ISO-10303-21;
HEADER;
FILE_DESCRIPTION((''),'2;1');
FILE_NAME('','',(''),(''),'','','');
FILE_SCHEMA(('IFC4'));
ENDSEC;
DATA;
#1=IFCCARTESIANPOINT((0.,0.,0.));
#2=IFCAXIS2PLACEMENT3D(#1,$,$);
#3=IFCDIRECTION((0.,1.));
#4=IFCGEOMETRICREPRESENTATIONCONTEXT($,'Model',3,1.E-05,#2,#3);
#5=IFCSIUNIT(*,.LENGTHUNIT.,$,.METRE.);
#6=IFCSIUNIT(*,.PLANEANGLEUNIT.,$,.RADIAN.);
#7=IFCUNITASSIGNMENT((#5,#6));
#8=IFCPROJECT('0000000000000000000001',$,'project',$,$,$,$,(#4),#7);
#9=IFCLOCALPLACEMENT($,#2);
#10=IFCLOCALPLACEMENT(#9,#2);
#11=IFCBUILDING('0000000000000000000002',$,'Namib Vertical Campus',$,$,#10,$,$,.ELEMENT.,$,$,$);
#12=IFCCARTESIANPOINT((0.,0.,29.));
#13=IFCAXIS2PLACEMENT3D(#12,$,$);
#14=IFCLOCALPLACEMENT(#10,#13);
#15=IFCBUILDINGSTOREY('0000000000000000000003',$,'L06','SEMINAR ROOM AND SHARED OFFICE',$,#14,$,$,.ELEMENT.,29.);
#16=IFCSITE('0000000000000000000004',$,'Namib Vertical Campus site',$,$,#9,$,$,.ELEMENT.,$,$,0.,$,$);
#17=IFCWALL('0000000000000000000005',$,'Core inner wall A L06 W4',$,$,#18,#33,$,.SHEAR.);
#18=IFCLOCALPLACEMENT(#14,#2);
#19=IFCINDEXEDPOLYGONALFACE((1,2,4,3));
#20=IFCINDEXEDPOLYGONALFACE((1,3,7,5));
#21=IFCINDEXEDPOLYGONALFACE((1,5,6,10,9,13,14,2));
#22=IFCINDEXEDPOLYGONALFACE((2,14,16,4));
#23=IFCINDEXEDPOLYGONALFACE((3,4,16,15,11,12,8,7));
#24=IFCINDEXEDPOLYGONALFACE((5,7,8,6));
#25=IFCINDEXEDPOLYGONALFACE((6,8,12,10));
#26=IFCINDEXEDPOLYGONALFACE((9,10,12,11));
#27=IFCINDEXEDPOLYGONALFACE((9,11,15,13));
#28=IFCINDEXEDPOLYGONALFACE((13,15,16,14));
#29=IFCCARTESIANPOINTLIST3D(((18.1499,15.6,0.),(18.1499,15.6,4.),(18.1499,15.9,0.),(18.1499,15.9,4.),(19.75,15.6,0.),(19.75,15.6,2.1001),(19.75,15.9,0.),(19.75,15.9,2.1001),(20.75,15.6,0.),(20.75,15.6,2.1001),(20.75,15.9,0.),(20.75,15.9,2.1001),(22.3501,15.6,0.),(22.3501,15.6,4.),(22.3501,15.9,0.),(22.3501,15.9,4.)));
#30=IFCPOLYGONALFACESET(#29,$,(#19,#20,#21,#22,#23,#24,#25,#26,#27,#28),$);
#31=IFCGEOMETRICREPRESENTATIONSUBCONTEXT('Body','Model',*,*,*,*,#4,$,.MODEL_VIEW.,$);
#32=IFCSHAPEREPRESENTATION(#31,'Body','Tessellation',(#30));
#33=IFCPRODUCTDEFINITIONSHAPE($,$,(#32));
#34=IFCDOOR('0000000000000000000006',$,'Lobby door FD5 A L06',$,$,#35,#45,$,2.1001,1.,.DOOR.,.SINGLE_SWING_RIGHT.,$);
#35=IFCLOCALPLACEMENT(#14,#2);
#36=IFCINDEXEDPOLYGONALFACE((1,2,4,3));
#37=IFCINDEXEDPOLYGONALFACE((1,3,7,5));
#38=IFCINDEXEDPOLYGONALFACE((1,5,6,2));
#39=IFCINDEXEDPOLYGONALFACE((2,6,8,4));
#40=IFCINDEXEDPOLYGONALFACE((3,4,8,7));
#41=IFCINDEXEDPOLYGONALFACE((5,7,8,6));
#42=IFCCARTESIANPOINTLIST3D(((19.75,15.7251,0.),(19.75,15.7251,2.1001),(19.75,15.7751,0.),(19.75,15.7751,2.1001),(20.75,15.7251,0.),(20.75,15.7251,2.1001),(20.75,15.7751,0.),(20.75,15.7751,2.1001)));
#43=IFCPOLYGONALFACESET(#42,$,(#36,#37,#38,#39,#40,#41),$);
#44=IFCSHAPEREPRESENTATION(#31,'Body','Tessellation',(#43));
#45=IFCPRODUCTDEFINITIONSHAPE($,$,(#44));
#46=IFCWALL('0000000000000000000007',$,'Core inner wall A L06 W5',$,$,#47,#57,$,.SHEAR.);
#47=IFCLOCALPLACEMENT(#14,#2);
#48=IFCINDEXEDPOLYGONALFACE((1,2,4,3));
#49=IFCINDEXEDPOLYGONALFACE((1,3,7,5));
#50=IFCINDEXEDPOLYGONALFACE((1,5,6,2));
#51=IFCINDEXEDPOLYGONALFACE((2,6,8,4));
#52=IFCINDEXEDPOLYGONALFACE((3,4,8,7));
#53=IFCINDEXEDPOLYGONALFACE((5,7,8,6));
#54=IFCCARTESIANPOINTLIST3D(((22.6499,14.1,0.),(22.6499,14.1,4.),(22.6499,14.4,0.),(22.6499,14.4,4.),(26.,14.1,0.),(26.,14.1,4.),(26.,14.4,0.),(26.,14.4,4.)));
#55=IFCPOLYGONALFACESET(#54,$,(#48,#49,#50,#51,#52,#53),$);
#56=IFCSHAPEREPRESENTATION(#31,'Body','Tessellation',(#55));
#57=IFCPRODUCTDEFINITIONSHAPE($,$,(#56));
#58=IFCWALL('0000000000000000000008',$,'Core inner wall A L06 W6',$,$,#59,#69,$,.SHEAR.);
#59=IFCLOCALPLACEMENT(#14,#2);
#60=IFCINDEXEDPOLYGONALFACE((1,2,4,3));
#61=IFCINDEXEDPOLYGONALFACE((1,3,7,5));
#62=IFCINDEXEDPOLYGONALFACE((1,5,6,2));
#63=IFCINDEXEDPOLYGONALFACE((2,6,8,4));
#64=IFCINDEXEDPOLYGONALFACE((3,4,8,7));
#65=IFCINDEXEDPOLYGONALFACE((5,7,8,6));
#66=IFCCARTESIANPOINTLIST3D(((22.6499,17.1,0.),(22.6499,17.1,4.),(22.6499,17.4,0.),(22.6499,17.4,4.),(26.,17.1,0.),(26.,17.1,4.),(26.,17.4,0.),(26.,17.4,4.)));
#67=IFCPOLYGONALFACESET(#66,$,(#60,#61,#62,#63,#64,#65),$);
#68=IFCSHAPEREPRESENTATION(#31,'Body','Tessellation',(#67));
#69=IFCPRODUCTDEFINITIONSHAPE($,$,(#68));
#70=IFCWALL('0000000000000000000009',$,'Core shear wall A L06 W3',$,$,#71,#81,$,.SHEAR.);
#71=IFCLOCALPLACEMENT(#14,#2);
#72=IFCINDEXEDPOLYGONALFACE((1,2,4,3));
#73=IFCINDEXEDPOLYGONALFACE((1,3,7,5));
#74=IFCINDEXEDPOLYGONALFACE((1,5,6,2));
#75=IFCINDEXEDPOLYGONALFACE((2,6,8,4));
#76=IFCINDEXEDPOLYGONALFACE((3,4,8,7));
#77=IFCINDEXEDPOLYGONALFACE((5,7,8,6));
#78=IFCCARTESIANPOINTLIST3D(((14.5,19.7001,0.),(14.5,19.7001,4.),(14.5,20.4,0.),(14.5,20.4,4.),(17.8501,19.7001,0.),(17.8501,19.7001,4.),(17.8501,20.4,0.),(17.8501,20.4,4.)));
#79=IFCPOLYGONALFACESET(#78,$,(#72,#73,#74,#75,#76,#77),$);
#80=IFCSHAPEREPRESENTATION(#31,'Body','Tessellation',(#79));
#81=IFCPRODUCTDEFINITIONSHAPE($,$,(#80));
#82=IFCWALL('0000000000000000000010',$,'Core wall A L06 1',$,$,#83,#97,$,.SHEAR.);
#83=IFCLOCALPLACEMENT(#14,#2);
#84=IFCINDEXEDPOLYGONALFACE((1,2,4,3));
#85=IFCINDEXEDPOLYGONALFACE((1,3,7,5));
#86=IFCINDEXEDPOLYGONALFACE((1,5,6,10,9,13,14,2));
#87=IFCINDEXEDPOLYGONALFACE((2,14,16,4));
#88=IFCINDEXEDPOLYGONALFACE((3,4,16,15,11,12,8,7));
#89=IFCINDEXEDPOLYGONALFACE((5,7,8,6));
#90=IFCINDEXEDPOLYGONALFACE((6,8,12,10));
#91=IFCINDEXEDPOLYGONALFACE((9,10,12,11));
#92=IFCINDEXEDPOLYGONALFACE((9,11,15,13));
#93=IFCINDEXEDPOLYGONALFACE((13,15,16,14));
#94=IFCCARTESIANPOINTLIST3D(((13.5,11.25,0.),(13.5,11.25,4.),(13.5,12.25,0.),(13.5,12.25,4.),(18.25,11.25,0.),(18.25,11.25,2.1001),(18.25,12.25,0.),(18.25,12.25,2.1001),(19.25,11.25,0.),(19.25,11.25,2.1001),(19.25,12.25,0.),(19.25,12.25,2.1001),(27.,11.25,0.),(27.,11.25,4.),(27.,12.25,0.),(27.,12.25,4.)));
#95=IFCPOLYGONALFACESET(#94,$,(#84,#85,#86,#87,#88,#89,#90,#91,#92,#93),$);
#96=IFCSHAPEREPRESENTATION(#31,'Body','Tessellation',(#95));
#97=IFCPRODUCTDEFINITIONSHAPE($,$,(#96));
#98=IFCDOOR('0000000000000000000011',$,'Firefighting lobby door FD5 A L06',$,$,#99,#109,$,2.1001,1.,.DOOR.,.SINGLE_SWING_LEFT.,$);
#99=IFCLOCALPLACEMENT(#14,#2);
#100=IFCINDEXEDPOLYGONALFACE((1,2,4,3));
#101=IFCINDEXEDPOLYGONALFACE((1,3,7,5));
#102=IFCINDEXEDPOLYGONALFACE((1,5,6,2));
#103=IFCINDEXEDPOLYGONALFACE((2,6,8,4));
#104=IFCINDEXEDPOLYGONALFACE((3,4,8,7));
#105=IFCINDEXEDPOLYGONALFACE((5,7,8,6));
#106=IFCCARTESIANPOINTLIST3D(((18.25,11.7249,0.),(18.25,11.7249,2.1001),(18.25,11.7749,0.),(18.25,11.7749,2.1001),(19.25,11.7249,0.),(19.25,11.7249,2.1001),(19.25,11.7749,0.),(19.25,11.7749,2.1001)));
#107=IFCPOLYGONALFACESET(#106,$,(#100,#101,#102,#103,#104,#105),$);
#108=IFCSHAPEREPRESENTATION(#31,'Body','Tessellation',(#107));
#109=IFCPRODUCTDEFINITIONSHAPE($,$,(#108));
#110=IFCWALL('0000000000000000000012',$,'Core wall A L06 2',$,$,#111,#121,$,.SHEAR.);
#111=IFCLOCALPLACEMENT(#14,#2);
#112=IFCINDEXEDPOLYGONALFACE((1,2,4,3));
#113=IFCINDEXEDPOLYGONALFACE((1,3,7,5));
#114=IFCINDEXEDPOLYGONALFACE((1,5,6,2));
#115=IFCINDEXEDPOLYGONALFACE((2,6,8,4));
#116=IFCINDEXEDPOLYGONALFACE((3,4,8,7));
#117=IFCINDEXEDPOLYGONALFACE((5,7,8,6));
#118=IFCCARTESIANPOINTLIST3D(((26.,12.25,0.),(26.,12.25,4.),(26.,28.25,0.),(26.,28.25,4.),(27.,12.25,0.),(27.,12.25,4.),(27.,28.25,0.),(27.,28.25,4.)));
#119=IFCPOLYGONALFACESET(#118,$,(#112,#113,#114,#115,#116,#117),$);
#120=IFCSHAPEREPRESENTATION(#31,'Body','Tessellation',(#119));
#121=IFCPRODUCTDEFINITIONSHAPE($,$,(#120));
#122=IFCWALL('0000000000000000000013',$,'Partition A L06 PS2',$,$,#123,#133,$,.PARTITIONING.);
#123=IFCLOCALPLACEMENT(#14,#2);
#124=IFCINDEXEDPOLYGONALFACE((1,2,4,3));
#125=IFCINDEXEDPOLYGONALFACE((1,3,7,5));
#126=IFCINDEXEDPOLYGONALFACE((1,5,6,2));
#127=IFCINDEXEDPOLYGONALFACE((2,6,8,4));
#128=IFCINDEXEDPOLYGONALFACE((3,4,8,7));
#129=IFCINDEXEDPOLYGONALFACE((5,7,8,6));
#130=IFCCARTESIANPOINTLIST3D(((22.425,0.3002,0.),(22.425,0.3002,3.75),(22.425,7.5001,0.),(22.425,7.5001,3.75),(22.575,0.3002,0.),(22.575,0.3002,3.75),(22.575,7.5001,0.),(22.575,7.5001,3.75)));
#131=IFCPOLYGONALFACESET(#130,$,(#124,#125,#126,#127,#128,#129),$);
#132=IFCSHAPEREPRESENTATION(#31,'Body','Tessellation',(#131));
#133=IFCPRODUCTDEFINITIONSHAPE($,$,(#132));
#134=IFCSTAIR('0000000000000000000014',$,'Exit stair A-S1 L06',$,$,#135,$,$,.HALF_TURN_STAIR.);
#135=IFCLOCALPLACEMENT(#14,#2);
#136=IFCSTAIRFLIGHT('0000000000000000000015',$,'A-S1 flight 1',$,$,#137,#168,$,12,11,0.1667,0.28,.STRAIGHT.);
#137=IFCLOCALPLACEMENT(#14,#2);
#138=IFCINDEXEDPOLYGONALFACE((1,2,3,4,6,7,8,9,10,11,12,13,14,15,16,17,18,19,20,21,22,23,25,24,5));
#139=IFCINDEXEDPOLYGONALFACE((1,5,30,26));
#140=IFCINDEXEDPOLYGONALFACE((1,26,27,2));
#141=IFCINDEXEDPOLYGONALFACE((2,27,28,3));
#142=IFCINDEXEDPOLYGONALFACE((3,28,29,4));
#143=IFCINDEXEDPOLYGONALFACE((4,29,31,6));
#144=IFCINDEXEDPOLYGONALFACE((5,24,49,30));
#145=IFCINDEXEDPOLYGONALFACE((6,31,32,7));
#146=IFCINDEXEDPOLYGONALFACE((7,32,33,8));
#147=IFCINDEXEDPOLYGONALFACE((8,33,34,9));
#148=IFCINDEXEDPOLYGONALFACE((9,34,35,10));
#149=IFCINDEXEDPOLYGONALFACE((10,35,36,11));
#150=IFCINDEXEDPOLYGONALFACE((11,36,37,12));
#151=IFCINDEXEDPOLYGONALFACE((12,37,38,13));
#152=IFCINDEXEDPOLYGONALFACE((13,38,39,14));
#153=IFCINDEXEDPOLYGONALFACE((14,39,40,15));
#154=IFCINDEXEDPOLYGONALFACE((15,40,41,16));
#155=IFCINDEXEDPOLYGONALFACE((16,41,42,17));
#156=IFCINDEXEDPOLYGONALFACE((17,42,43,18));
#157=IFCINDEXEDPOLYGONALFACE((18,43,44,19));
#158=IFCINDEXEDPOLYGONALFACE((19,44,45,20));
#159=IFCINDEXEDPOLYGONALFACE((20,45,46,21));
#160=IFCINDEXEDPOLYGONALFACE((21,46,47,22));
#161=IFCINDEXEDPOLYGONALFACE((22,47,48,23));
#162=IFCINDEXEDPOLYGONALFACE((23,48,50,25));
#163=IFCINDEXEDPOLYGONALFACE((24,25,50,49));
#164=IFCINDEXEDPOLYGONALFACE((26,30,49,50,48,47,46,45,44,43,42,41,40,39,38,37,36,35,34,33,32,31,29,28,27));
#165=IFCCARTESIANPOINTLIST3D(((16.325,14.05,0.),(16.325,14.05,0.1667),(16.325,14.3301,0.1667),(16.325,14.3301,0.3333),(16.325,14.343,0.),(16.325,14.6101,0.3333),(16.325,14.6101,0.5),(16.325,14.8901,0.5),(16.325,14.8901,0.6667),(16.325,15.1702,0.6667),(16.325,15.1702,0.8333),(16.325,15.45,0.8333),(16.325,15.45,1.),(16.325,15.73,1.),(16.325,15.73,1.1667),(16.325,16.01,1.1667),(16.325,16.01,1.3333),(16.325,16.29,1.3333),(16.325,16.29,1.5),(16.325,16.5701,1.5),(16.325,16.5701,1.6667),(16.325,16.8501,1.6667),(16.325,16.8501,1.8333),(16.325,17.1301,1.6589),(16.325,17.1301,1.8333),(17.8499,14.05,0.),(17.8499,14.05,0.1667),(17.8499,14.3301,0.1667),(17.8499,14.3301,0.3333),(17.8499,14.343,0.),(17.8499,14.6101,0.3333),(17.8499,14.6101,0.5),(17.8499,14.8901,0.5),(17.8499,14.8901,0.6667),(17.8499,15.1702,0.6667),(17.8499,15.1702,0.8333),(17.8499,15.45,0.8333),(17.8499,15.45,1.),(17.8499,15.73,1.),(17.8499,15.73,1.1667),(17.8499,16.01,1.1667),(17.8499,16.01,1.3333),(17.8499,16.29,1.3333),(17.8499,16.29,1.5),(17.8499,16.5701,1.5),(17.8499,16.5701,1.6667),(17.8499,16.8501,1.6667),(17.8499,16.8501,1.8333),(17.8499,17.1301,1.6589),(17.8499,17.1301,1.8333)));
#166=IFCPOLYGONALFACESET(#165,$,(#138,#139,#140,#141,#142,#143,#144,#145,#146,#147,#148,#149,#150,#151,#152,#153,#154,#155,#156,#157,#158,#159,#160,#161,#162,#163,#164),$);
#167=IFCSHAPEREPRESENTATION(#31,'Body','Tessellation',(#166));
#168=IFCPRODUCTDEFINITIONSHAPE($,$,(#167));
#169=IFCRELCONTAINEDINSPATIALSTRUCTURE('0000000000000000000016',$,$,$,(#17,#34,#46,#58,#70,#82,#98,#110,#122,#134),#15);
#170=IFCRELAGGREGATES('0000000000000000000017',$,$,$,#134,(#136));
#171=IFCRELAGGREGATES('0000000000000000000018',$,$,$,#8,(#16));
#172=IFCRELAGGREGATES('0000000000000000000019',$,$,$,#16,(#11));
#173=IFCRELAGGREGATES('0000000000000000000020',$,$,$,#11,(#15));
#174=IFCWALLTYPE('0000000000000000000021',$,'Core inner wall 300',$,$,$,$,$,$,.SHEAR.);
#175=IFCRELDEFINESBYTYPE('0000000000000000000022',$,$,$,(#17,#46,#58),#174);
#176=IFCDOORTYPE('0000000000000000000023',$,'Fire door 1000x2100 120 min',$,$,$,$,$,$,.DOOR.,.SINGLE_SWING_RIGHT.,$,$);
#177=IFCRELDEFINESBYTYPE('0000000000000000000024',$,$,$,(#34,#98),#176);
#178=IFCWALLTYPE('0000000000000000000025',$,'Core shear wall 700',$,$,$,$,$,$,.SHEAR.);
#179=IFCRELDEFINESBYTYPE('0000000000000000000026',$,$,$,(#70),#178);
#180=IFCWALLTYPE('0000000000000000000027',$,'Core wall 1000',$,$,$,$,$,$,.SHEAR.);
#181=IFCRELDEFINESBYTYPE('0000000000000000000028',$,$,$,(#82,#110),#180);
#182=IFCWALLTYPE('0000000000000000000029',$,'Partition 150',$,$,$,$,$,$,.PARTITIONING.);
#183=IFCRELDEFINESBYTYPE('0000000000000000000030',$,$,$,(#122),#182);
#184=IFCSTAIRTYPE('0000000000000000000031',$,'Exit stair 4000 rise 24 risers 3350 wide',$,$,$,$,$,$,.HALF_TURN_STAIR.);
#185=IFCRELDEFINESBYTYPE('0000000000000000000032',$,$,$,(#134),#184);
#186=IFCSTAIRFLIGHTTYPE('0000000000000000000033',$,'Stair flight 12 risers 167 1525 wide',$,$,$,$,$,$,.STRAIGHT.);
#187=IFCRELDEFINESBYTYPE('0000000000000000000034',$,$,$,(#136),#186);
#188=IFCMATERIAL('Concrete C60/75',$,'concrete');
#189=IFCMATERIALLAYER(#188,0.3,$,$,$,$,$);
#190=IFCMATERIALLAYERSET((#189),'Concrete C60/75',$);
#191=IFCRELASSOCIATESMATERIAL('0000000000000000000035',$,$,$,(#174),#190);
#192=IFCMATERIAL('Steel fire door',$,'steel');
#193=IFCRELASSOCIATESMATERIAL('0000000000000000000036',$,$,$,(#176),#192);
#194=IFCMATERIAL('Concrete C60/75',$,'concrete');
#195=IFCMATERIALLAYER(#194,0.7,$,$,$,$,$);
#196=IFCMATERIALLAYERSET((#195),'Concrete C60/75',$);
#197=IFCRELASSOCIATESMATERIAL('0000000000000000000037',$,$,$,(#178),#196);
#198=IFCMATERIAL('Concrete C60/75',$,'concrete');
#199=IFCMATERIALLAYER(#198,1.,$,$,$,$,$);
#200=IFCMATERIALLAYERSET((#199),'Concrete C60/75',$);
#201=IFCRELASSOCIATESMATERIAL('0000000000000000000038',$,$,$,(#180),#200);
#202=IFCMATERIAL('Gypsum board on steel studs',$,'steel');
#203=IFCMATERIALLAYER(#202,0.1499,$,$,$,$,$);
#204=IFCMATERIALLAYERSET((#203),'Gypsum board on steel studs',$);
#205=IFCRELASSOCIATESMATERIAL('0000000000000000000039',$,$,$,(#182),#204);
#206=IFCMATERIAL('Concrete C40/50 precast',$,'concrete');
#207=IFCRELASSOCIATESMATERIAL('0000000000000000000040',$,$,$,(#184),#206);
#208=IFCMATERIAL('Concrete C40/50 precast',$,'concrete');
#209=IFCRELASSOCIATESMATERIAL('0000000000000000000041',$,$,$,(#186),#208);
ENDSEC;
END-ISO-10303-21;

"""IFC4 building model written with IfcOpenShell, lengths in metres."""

from ifc_helpers import new_model, si_unit, direction, frame, frame_2d, origin, place, context, subcontext, project, spatial, polyline, rectangle, outline, extrude, material, layer, layer_set, type_object, element, fill, aggregate, save


model = new_model("IFC4")

# Units and contexts
model_context = context("Model", 3, precision=1e-05, world=origin(), true_north=direction((0.0, 1.0)))
body_context = subcontext(model_context, "Body", "Model", "MODEL_VIEW")
ifc_project = project(units=[si_unit("LENGTHUNIT", "METRE"), si_unit("PLANEANGLEUNIT", "RADIAN")], contexts=[model_context])

# Site, building, storey
site_placement = place(None, origin())
site = spatial("IfcSite", under=ifc_project, at=site_placement, Name="Namib Vertical Campus site", CompositionType="ELEMENT", RefElevation=0.0)
building_placement = place(site_placement, origin())
building = spatial("IfcBuilding", under=site, at=building_placement, Name="Namib Vertical Campus", CompositionType="ELEMENT")
storey_placement = place(building_placement, frame((0.0, 0.0, 29.0)))
storey = spatial("IfcBuildingStorey", under=building, at=storey_placement, Name="L06", Description="SEMINAR ROOM AND SHARED OFFICE", CompositionType="ELEMENT", Elevation=29.0)

# Shared definitions
ifc_material_1 = material(Name="Concrete C60/75", Category="concrete")
ifc_layer_1 = layer(ifc_material_1, 0.3)
ifc_layer_set_1 = layer_set([ifc_layer_1], Name="Concrete C60/75")
wall_type_1 = type_object("IfcWallType", Name="Core inner wall 300", PredefinedType="SHEAR", material=ifc_layer_set_1)

# Wall, opening, door
wall_1_placement = place(storey_placement, frame((18.1499, 15.75, 0.0), z_axis=(0.0, 0.0, 1.0), x_axis=(1.0, 0.0, 0.0)))
wall_1 = element("IfcWall", 1, at=wall_1_placement, inside=storey, type_object=wall_type_1, Name="Core inner wall A L06 W4", PredefinedType="SHEAR", context=body_context, shape_type="SweptSolid", body=[
    extrude(rectangle(XDim=4.2002, YDim=0.3, at=frame_2d((2.1001, 0.0))), origin(), (0.0, 0.0, 1.0), 4.0),
])
opening_1_placement = place(wall_1_placement, frame((1.6001, 0.0, 0.0)))
opening_1 = element("IfcOpeningElement", 2, at=opening_1_placement, cuts=wall_1, PredefinedType="OPENING", context=body_context, shape_type="SweptSolid", body=[
    extrude(rectangle(XDim=1.0, YDim=2.1001, at=frame_2d((0.5, 1.05))), frame((0.0, 0.1599, 0.0), z_axis=(0.0, -1.0, 0.0), x_axis=(1.0, 0.0, 0.0)), (0.0, 0.0, 1.0), 0.3201),
])
ifc_material_2 = material(Name="Steel fire door", Category="steel")
door_type_1 = type_object("IfcDoorType", Name="Fire door 1000x2100 120 min", OperationType="SINGLE_SWING_RIGHT", PredefinedType="DOOR", material=ifc_material_2)
door_1_placement = place(opening_1_placement, frame((1.0, 0.0, 0.0), z_axis=(0.0, 0.0, 1.0), x_axis=(-1.0, 0.0, 0.0)))
door_1 = element("IfcDoor", 3, at=door_1_placement, inside=storey, type_object=door_type_1, Name="Lobby door FD5 A L06", OperationType="SINGLE_SWING_RIGHT", OverallHeight=2.1001, OverallWidth=1.0, PredefinedType="DOOR", context=body_context, shape_type="SweptSolid", body=[
    extrude(rectangle(XDim=1.0, YDim=2.1001, at=frame_2d((0.5, 1.05))), frame((0.0, 0.0249, 0.0), z_axis=(0.0, -1.0, 0.0), x_axis=(1.0, 0.0, 0.0)), (0.0, 0.0, 1.0), 0.05),
])
fill(opening_1, door_1)

# Walls
for number, where, z_axis, x_axis, name in (
    (4, (22.6499, 14.25, 0.0), (0.0, 0.0, 1.0), (1.0, 0.0, 0.0), "Core inner wall A L06 W5"),
    (5, (22.6499, 17.25, 0.0), (0.0, 0.0, 1.0), (1.0, 0.0, 0.0), "Core inner wall A L06 W6"),
):
    element("IfcWall", number, at=place(storey_placement, frame(where, z_axis=z_axis, x_axis=x_axis)), inside=storey, type_object=wall_type_1, Name=name, PredefinedType="SHEAR", context=body_context, shape_type="SweptSolid", body=[
        extrude(rectangle(XDim=3.3501, YDim=0.3, at=frame_2d((1.675, 0.0))), origin(), (0.0, 0.0, 1.0), 4.0),
    ])
ifc_material_3 = material(Name="Concrete C60/75", Category="concrete")
ifc_layer_2 = layer(ifc_material_3, 0.7)
ifc_layer_set_2 = layer_set([ifc_layer_2], Name="Concrete C60/75")
wall_type_2 = type_object("IfcWallType", Name="Core shear wall 700", PredefinedType="SHEAR", material=ifc_layer_set_2)
wall_2_placement = place(storey_placement, frame((14.5, 20.05, 0.0), z_axis=(0.0, 0.0, 1.0), x_axis=(1.0, 0.0, 0.0)))
element("IfcWall", 6, at=wall_2_placement, inside=storey, type_object=wall_type_2, Name="Core shear wall A L06 W3", PredefinedType="SHEAR", context=body_context, shape_type="SweptSolid", body=[
    extrude(rectangle(XDim=3.3501, YDim=0.7, at=frame_2d((1.675, 0.0))), origin(), (0.0, 0.0, 1.0), 4.0),
])

# Wall, opening, door
ifc_material_4 = material(Name="Concrete C60/75", Category="concrete")
ifc_layer_3 = layer(ifc_material_4, 1.0)
ifc_layer_set_3 = layer_set([ifc_layer_3], Name="Concrete C60/75")
wall_type_3 = type_object("IfcWallType", Name="Core wall 1000", PredefinedType="SHEAR", material=ifc_layer_set_3)
wall_3_placement = place(storey_placement, frame((13.5, 11.75, 0.0), z_axis=(0.0, 0.0, 1.0), x_axis=(1.0, 0.0, 0.0)))
wall_3 = element("IfcWall", 7, at=wall_3_placement, inside=storey, type_object=wall_type_3, Name="Core wall A L06 1", PredefinedType="SHEAR", context=body_context, shape_type="SweptSolid", body=[
    extrude(rectangle(XDim=13.5, YDim=1.0, at=frame_2d((6.75, 0.0))), origin(), (0.0, 0.0, 1.0), 4.0),
])
opening_2_placement = place(wall_3_placement, frame((4.75, 0.0, 0.0)))
opening_2 = element("IfcOpeningElement", 8, at=opening_2_placement, cuts=wall_3, PredefinedType="OPENING", context=body_context, shape_type="SweptSolid", body=[
    extrude(rectangle(XDim=1.0, YDim=2.1001, at=frame_2d((0.5, 1.05))), frame((0.0, 0.51, 0.0), z_axis=(0.0, -1.0, 0.0), x_axis=(1.0, 0.0, 0.0)), (0.0, 0.0, 1.0), 1.02),
])
door_2_placement = place(opening_2_placement, origin())
door_2 = element("IfcDoor", 9, at=door_2_placement, inside=storey, type_object=door_type_1, Name="Firefighting lobby door FD5 A L06", OperationType="SINGLE_SWING_LEFT", OverallHeight=2.1001, OverallWidth=1.0, PredefinedType="DOOR", context=body_context, shape_type="SweptSolid", body=[
    extrude(rectangle(XDim=1.0, YDim=2.1001, at=frame_2d((0.5, 1.05))), frame((0.0, 0.0249, 0.0), z_axis=(0.0, -1.0, 0.0), x_axis=(1.0, 0.0, 0.0)), (0.0, 0.0, 1.0), 0.05),
])
fill(opening_2, door_2)

# Walls
wall_4_placement = place(storey_placement, frame((26.5, 12.25, 0.0), z_axis=(0.0, 0.0, 1.0), x_axis=(0.0, 1.0, 0.0)))
element("IfcWall", 10, at=wall_4_placement, inside=storey, type_object=wall_type_3, Name="Core wall A L06 2", PredefinedType="SHEAR", context=body_context, shape_type="SweptSolid", body=[
    extrude(rectangle(XDim=16.0, YDim=1.0, at=frame_2d((8.0, 0.0))), origin(), (0.0, 0.0, 1.0), 4.0),
])
ifc_material_5 = material(Name="Gypsum board on steel studs", Category="steel")
ifc_layer_4 = layer(ifc_material_5, 0.1499)
ifc_layer_set_4 = layer_set([ifc_layer_4], Name="Gypsum board on steel studs")
wall_type_4 = type_object("IfcWallType", Name="Partition 150", PredefinedType="PARTITIONING", material=ifc_layer_set_4)
wall_5_placement = place(storey_placement, frame((22.5, 0.3, 0.0), z_axis=(0.0, 0.0, 1.0), x_axis=(0.0, 1.0, 0.0)))
element("IfcWall", 11, at=wall_5_placement, inside=storey, type_object=wall_type_4, Name="Partition A L06 PS2", PredefinedType="PARTITIONING", context=body_context, shape_type="SweptSolid", body=[
    extrude(rectangle(XDim=7.2, YDim=0.1499, at=frame_2d((3.6001, 0.0))), origin(), (0.0, 0.0, 1.0), 3.75),
])

# Stair, stair flight
ifc_material_6 = material(Name="Concrete C40/50 precast", Category="concrete")
stair_type = type_object("IfcStairType", Name="Exit stair 4000 rise 24 risers 3350 wide", PredefinedType="HALF_TURN_STAIR", material=ifc_material_6)
stair_placement = place(storey_placement, origin())
stair = element("IfcStair", 12, at=stair_placement, inside=storey, type_object=stair_type, Name="Exit stair A-S1 L06", PredefinedType="HALF_TURN_STAIR")
ifc_material_7 = material(Name="Concrete C40/50 precast", Category="concrete")
stair_flight_type = type_object("IfcStairFlightType", Name="Stair flight 12 risers 167 1525 wide", PredefinedType="STRAIGHT", material=ifc_material_7)
stair_flight_1_placement = place(storey_placement, frame((17.0874, 14.05, 0.0), z_axis=(0.0, 0.0, 1.0), x_axis=(0.0, 1.0, 0.0)))
stair_flight_1 = element("IfcStairFlight", 13, at=stair_flight_1_placement, type_object=stair_flight_type, Name="A-S1 flight 1", NumberOfRisers=12, NumberOfTreads=11, PredefinedType="STRAIGHT", RiserHeight=0.1667, TreadLength=0.28, context=body_context, shape_type="SweptSolid", body=[
    extrude(outline(polyline([(0.0, 0.0), (0.0, 0.1667), (0.28, 0.1667), (0.28, 0.3333), (0.5601, 0.3333), (0.5601, 0.5), (0.8401, 0.5), (0.8401, 0.6667), (1.1201, 0.6667), (1.1201, 0.8333), (1.3999, 0.8333), (1.3999, 1.0), (1.6799, 1.0), (1.6799, 1.1667), (1.96, 1.1667), (1.96, 1.3333), (2.24, 1.3333), (2.24, 1.5), (2.52, 1.5), (2.52, 1.6667), (2.8, 1.6667), (2.8, 1.8333), (3.0801, 1.8333), (3.0801, 2.0), (3.0801, 1.6589), (0.293, 0.0), (0.0, 0.0)])), frame((0.0, 0.7625, 0.0), z_axis=(0.0, -1.0, 0.0), x_axis=(1.0, 0.0, 0.0)), (0.0, 0.0, 1.0), 1.5249),
])
aggregate(stair, [stair_flight_1])

save(model, "model.ifc")
